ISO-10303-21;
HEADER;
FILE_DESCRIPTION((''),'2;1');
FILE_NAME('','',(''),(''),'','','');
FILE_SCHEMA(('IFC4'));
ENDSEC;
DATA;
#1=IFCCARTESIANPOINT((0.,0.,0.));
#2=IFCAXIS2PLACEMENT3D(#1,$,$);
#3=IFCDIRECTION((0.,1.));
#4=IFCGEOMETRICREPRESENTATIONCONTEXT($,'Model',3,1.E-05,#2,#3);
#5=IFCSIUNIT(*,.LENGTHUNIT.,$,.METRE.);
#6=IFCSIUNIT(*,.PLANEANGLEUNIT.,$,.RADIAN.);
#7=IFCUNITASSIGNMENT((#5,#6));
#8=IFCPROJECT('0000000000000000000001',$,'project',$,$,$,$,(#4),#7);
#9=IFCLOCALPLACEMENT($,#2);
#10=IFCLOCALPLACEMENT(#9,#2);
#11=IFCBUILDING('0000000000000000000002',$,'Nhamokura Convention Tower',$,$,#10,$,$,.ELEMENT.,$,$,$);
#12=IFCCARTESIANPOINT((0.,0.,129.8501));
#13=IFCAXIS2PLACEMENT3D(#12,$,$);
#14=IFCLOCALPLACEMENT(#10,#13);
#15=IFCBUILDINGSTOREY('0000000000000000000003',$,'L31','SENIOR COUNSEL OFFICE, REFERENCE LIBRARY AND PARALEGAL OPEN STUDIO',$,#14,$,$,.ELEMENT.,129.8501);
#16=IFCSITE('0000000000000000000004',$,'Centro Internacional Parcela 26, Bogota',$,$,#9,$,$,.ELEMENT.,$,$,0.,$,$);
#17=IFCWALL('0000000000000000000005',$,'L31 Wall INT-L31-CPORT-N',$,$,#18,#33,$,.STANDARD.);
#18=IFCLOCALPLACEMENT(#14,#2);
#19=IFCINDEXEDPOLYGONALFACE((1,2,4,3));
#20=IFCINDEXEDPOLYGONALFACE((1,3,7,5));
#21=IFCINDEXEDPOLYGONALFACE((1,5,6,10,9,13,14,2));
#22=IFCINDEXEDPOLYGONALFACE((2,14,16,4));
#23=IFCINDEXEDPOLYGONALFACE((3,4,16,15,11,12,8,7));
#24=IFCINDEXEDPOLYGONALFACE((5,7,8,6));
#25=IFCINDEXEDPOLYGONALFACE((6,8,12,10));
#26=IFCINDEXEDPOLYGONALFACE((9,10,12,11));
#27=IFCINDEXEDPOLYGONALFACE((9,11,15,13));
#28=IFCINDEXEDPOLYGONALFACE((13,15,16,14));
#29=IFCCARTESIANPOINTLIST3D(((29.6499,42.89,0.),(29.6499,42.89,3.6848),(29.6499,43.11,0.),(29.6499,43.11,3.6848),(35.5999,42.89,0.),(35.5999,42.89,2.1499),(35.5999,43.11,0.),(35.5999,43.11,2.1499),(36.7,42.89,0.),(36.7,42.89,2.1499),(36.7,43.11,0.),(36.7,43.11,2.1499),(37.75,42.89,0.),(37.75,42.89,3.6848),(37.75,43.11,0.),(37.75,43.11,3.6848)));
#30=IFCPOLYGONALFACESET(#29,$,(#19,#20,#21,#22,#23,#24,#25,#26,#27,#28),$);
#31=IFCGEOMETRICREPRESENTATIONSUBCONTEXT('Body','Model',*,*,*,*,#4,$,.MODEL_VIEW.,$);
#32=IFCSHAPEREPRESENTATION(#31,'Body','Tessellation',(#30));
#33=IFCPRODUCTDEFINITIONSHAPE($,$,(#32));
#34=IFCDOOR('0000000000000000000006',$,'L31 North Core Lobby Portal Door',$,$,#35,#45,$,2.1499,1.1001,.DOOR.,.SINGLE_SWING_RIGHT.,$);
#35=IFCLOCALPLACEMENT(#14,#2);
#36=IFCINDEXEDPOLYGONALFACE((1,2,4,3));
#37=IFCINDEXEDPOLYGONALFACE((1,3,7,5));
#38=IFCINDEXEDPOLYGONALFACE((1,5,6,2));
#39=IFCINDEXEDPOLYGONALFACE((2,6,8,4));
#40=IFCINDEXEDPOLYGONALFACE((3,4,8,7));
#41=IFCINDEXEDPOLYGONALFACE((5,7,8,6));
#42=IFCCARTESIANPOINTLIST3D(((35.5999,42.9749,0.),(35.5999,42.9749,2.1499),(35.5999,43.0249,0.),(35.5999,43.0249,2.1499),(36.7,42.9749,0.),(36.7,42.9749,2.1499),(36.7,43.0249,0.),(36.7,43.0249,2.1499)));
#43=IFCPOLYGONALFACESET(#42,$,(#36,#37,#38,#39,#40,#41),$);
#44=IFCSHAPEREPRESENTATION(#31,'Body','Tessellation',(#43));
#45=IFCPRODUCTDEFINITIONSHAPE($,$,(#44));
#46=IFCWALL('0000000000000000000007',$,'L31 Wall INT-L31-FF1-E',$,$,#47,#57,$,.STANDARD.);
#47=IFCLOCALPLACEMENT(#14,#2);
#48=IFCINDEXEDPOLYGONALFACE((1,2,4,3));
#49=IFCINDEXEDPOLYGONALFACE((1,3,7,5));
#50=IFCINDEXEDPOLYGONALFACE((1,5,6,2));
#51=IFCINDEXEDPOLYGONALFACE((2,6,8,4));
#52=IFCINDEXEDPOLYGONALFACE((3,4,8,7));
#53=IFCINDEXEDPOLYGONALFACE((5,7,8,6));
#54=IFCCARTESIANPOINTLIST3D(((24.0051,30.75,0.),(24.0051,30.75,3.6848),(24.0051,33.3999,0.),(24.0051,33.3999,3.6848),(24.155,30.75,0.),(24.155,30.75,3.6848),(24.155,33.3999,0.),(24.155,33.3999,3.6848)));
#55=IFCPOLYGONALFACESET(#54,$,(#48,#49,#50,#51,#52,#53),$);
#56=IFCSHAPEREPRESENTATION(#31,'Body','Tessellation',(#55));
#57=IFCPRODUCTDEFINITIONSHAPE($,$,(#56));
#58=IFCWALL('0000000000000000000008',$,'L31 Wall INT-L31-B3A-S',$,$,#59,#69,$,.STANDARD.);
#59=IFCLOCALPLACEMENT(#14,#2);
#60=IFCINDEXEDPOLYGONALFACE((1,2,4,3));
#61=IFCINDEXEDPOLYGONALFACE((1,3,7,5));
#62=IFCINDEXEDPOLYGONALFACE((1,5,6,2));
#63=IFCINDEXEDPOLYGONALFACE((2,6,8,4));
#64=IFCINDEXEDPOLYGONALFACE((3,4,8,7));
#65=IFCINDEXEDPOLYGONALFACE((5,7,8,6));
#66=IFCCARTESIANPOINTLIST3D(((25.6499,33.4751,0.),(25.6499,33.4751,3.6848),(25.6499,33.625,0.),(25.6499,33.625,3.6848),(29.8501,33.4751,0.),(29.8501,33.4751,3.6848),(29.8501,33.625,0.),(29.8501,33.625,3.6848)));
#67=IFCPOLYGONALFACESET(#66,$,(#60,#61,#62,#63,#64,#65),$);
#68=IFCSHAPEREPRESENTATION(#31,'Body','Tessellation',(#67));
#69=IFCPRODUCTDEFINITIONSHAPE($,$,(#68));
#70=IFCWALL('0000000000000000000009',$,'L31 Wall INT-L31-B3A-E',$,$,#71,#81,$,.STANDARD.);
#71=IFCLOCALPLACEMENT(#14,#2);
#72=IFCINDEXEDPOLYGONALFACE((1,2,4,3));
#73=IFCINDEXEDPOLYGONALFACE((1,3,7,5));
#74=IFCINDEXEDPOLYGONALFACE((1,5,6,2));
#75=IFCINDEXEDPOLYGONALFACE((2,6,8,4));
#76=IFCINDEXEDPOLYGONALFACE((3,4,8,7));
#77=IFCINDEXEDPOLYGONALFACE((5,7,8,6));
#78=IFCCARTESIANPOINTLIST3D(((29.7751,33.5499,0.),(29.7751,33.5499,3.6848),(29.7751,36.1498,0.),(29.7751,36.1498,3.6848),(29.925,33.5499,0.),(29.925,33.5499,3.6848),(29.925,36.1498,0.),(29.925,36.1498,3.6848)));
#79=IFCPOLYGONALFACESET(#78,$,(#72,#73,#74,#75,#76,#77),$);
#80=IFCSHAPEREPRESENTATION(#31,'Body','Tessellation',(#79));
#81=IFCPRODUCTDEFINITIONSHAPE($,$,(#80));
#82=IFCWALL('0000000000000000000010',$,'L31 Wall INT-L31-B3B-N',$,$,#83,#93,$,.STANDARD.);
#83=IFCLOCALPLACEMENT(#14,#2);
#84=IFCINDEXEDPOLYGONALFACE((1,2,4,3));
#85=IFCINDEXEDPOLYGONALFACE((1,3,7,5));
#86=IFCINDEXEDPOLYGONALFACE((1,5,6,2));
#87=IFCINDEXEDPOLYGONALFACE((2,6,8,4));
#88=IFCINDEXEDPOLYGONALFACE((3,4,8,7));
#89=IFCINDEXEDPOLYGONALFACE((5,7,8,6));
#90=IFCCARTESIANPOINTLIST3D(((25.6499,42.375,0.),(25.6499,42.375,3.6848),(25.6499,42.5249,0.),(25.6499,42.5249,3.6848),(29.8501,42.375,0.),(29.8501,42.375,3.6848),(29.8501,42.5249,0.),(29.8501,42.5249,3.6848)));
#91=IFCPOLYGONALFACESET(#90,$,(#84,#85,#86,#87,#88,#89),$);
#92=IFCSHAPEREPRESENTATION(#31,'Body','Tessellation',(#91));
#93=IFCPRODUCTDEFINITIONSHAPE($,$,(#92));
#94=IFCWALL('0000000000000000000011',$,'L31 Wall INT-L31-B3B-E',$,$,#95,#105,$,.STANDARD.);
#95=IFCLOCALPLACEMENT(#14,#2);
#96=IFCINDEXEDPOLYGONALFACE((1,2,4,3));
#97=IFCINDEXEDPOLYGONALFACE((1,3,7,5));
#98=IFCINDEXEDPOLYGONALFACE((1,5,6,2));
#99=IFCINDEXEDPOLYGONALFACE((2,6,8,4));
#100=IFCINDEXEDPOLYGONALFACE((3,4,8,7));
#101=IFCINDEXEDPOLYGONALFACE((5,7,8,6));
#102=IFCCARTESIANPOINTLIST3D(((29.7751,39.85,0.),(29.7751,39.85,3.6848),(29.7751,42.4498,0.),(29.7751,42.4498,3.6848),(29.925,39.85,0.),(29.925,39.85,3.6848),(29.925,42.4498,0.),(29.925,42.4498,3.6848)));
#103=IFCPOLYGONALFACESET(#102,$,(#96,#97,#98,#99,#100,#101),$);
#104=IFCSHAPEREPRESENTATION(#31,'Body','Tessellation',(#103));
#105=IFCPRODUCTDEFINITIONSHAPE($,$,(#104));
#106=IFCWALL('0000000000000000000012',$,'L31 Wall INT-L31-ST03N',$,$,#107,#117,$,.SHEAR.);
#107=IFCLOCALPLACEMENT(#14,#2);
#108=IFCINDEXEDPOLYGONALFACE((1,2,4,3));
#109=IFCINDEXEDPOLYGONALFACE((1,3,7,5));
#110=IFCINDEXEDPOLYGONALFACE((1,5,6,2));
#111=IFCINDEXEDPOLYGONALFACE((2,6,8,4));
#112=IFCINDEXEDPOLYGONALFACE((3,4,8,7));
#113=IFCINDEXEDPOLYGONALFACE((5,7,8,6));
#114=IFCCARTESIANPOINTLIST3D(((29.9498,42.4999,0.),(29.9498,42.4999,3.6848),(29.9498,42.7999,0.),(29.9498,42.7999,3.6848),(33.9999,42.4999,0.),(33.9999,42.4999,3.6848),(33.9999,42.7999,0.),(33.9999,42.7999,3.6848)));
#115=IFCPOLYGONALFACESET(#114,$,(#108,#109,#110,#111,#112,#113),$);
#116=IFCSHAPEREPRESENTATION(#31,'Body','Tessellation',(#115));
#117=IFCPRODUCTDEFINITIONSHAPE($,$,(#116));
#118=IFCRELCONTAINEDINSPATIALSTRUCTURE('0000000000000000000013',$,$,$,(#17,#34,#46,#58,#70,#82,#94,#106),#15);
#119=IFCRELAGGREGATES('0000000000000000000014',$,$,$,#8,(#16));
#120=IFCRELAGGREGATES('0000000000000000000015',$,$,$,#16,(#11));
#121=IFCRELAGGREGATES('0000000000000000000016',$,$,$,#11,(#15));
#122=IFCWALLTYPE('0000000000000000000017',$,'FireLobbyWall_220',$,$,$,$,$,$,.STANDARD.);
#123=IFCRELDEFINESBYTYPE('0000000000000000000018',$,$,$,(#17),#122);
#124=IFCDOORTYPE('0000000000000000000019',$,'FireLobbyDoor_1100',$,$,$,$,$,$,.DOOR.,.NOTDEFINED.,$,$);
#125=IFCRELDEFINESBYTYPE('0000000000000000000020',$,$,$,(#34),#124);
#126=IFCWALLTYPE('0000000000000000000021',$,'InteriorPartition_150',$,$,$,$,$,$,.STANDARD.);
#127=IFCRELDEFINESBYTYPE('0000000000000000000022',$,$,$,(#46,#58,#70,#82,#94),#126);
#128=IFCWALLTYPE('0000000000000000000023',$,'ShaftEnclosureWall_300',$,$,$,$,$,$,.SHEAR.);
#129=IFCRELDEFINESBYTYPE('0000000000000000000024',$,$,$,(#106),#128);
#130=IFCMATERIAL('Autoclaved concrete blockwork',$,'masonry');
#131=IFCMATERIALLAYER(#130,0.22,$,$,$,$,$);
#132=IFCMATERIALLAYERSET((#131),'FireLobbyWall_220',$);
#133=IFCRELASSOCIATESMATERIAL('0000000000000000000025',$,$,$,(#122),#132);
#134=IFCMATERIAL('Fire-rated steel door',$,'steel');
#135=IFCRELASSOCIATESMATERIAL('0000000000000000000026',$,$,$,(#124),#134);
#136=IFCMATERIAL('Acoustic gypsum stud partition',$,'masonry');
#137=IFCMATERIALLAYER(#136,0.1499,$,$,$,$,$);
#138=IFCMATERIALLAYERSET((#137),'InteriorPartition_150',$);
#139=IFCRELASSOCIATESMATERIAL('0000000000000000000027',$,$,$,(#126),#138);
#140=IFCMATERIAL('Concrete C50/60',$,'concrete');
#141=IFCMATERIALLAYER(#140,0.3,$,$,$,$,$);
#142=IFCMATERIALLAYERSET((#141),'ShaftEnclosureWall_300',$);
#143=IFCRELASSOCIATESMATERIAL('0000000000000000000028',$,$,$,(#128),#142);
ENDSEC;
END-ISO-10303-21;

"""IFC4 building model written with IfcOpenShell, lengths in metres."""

from ifc_helpers import new_model, si_unit, direction, frame, frame_2d, origin, place, context, subcontext, project, spatial, rectangle, extrude, material, layer, layer_set, type_object, element, fill, save


model = new_model("IFC4")

# Units and contexts
model_context = context("Model", 3, precision=1e-05, world=origin(), true_north=direction((0.0, 1.0)))
body_context = subcontext(model_context, "Body", "Model", "MODEL_VIEW")
ifc_project = project(units=[si_unit("LENGTHUNIT", "METRE"), si_unit("PLANEANGLEUNIT", "RADIAN")], contexts=[model_context])

# Site, building, storey
site_placement = place(None, origin())
site = spatial("IfcSite", under=ifc_project, at=site_placement, Name="Centro Internacional Parcela 26, Bogota", CompositionType="ELEMENT", RefElevation=0.0)
building_placement = place(site_placement, origin())
building = spatial("IfcBuilding", under=site, at=building_placement, Name="Nhamokura Convention Tower", CompositionType="ELEMENT")
storey_placement = place(building_placement, frame((0.0, 0.0, 129.8501)))
storey = spatial("IfcBuildingStorey", under=building, at=storey_placement, Name="L31", Description="SENIOR COUNSEL OFFICE, REFERENCE LIBRARY AND PARALEGAL OPEN STUDIO", CompositionType="ELEMENT", Elevation=129.8501)

# Shared definitions
ifc_material_1 = material(Name="Autoclaved concrete blockwork", Category="masonry")
ifc_layer_1 = layer(ifc_material_1, 0.22)
ifc_layer_set_1 = layer_set([ifc_layer_1], Name="FireLobbyWall_220")
wall_type_1 = type_object("IfcWallType", Name="FireLobbyWall_220", PredefinedType="STANDARD", material=ifc_layer_set_1)

# Wall, opening, door
wall_1_placement = place(storey_placement, frame((29.6499, 43.0, 0.0), z_axis=(0.0, 0.0, 1.0), x_axis=(1.0, 0.0, 0.0)))
wall_1 = element("IfcWall", 1, at=wall_1_placement, inside=storey, type_object=wall_type_1, Name="L31 Wall INT-L31-CPORT-N", PredefinedType="STANDARD", context=body_context, shape_type="SweptSolid", body=[
    extrude(rectangle(XDim=8.1001, YDim=0.22, at=frame_2d((4.05, 0.0))), origin(), (0.0, 0.0, 1.0), 3.6848),
])
opening_1_placement = place(wall_1_placement, frame((5.95, 0.0, 0.0)))
opening_1 = element("IfcOpeningElement", 2, at=opening_1_placement, cuts=wall_1, PredefinedType="OPENING", context=body_context, shape_type="SweptSolid", body=[
    extrude(rectangle(XDim=1.1001, YDim=2.1499, at=frame_2d((0.55, 1.075))), frame((0.0, 0.1199, 0.0), z_axis=(0.0, -1.0, 0.0), x_axis=(1.0, 0.0, 0.0)), (0.0, 0.0, 1.0), 0.24),
])
ifc_material_2 = material(Name="Fire-rated steel door", Category="steel")
door_type_1 = type_object("IfcDoorType", Name="FireLobbyDoor_1100", OperationType="NOTDEFINED", PredefinedType="DOOR", material=ifc_material_2)
door_1_placement = place(opening_1_placement, origin())
door_1 = element("IfcDoor", 3, at=door_1_placement, inside=storey, type_object=door_type_1, Name="L31 North Core Lobby Portal Door", OperationType="SINGLE_SWING_RIGHT", OverallHeight=2.1499, OverallWidth=1.1001, PredefinedType="DOOR", context=body_context, shape_type="SweptSolid", body=[
    extrude(rectangle(XDim=1.1001, YDim=2.1499, at=frame_2d((0.55, 1.075))), frame((0.0, 0.0249, 0.0), z_axis=(0.0, -1.0, 0.0), x_axis=(1.0, 0.0, 0.0)), (0.0, 0.0, 1.0), 0.05),
])
fill(opening_1, door_1)

# Walls
ifc_material_3 = material(Name="Acoustic gypsum stud partition", Category="masonry")
ifc_layer_2 = layer(ifc_material_3, 0.1499)
ifc_layer_set_2 = layer_set([ifc_layer_2], Name="InteriorPartition_150")
wall_type_2 = type_object("IfcWallType", Name="InteriorPartition_150", PredefinedType="STANDARD", material=ifc_layer_set_2)
wall_2_placement = place(storey_placement, frame((24.0801, 30.75, 0.0), z_axis=(0.0, 0.0, 1.0), x_axis=(0.0, 1.0, 0.0)))
element("IfcWall", 4, at=wall_2_placement, inside=storey, type_object=wall_type_2, Name="L31 Wall INT-L31-FF1-E", PredefinedType="STANDARD", context=body_context, shape_type="SweptSolid", body=[
    extrude(rectangle(XDim=2.6499, YDim=0.1499, at=frame_2d((1.325, 0.0))), origin(), (0.0, 0.0, 1.0), 3.6848),
])
wall_3_placement = place(storey_placement, frame((25.6499, 33.55, 0.0), z_axis=(0.0, 0.0, 1.0), x_axis=(1.0, 0.0, 0.0)))
element("IfcWall", 5, at=wall_3_placement, inside=storey, type_object=wall_type_2, Name="L31 Wall INT-L31-B3A-S", PredefinedType="STANDARD", context=body_context, shape_type="SweptSolid", body=[
    extrude(rectangle(XDim=4.2002, YDim=0.1499, at=frame_2d((2.1001, 0.0))), origin(), (0.0, 0.0, 1.0), 3.6848),
])
wall_4_placement = place(storey_placement, frame((29.8501, 33.55, 0.0), z_axis=(0.0, 0.0, 1.0), x_axis=(0.0, 1.0, 0.0)))
element("IfcWall", 6, at=wall_4_placement, inside=storey, type_object=wall_type_2, Name="L31 Wall INT-L31-B3A-E", PredefinedType="STANDARD", context=body_context, shape_type="SweptSolid", body=[
    extrude(rectangle(XDim=2.5999, YDim=0.1499, at=frame_2d((1.2998, 0.0))), origin(), (0.0, 0.0, 1.0), 3.6848),
])
wall_5_placement = place(storey_placement, frame((25.6499, 42.45, 0.0), z_axis=(0.0, 0.0, 1.0), x_axis=(1.0, 0.0, 0.0)))
element("IfcWall", 7, at=wall_5_placement, inside=storey, type_object=wall_type_2, Name="L31 Wall INT-L31-B3B-N", PredefinedType="STANDARD", context=body_context, shape_type="SweptSolid", body=[
    extrude(rectangle(XDim=4.2002, YDim=0.1499, at=frame_2d((2.1001, 0.0))), origin(), (0.0, 0.0, 1.0), 3.6848),
])
wall_6_placement = place(storey_placement, frame((29.8501, 39.8501, 0.0), z_axis=(0.0, 0.0, 1.0), x_axis=(0.0, 1.0, 0.0)))
element("IfcWall", 8, at=wall_6_placement, inside=storey, type_object=wall_type_2, Name="L31 Wall INT-L31-B3B-E", PredefinedType="STANDARD", context=body_context, shape_type="SweptSolid", body=[
    extrude(rectangle(XDim=2.5999, YDim=0.1499, at=frame_2d((1.2998, 0.0))), origin(), (0.0, 0.0, 1.0), 3.6848),
])

# Shared definitions
ifc_material_4 = material(Name="Concrete C50/60", Category="concrete")
ifc_layer_3 = layer(ifc_material_4, 0.3)
ifc_layer_set_3 = layer_set([ifc_layer_3], Name="ShaftEnclosureWall_300")
wall_type_3 = type_object("IfcWallType", Name="ShaftEnclosureWall_300", PredefinedType="SHEAR", material=ifc_layer_set_3)

# Wall
wall_7_placement = place(storey_placement, frame((29.95, 42.6499, 0.0), z_axis=(0.0, 0.0, 1.0), x_axis=(1.0, 0.0, 0.0)))
element("IfcWall", 9, at=wall_7_placement, inside=storey, type_object=wall_type_3, Name="L31 Wall INT-L31-ST03N", PredefinedType="SHEAR", context=body_context, shape_type="SweptSolid", body=[
    extrude(rectangle(XDim=4.05, YDim=0.3, at=frame_2d((2.0249, 0.0))), origin(), (0.0, 0.0, 1.0), 3.6848),
])

save(model, "model.ifc")
